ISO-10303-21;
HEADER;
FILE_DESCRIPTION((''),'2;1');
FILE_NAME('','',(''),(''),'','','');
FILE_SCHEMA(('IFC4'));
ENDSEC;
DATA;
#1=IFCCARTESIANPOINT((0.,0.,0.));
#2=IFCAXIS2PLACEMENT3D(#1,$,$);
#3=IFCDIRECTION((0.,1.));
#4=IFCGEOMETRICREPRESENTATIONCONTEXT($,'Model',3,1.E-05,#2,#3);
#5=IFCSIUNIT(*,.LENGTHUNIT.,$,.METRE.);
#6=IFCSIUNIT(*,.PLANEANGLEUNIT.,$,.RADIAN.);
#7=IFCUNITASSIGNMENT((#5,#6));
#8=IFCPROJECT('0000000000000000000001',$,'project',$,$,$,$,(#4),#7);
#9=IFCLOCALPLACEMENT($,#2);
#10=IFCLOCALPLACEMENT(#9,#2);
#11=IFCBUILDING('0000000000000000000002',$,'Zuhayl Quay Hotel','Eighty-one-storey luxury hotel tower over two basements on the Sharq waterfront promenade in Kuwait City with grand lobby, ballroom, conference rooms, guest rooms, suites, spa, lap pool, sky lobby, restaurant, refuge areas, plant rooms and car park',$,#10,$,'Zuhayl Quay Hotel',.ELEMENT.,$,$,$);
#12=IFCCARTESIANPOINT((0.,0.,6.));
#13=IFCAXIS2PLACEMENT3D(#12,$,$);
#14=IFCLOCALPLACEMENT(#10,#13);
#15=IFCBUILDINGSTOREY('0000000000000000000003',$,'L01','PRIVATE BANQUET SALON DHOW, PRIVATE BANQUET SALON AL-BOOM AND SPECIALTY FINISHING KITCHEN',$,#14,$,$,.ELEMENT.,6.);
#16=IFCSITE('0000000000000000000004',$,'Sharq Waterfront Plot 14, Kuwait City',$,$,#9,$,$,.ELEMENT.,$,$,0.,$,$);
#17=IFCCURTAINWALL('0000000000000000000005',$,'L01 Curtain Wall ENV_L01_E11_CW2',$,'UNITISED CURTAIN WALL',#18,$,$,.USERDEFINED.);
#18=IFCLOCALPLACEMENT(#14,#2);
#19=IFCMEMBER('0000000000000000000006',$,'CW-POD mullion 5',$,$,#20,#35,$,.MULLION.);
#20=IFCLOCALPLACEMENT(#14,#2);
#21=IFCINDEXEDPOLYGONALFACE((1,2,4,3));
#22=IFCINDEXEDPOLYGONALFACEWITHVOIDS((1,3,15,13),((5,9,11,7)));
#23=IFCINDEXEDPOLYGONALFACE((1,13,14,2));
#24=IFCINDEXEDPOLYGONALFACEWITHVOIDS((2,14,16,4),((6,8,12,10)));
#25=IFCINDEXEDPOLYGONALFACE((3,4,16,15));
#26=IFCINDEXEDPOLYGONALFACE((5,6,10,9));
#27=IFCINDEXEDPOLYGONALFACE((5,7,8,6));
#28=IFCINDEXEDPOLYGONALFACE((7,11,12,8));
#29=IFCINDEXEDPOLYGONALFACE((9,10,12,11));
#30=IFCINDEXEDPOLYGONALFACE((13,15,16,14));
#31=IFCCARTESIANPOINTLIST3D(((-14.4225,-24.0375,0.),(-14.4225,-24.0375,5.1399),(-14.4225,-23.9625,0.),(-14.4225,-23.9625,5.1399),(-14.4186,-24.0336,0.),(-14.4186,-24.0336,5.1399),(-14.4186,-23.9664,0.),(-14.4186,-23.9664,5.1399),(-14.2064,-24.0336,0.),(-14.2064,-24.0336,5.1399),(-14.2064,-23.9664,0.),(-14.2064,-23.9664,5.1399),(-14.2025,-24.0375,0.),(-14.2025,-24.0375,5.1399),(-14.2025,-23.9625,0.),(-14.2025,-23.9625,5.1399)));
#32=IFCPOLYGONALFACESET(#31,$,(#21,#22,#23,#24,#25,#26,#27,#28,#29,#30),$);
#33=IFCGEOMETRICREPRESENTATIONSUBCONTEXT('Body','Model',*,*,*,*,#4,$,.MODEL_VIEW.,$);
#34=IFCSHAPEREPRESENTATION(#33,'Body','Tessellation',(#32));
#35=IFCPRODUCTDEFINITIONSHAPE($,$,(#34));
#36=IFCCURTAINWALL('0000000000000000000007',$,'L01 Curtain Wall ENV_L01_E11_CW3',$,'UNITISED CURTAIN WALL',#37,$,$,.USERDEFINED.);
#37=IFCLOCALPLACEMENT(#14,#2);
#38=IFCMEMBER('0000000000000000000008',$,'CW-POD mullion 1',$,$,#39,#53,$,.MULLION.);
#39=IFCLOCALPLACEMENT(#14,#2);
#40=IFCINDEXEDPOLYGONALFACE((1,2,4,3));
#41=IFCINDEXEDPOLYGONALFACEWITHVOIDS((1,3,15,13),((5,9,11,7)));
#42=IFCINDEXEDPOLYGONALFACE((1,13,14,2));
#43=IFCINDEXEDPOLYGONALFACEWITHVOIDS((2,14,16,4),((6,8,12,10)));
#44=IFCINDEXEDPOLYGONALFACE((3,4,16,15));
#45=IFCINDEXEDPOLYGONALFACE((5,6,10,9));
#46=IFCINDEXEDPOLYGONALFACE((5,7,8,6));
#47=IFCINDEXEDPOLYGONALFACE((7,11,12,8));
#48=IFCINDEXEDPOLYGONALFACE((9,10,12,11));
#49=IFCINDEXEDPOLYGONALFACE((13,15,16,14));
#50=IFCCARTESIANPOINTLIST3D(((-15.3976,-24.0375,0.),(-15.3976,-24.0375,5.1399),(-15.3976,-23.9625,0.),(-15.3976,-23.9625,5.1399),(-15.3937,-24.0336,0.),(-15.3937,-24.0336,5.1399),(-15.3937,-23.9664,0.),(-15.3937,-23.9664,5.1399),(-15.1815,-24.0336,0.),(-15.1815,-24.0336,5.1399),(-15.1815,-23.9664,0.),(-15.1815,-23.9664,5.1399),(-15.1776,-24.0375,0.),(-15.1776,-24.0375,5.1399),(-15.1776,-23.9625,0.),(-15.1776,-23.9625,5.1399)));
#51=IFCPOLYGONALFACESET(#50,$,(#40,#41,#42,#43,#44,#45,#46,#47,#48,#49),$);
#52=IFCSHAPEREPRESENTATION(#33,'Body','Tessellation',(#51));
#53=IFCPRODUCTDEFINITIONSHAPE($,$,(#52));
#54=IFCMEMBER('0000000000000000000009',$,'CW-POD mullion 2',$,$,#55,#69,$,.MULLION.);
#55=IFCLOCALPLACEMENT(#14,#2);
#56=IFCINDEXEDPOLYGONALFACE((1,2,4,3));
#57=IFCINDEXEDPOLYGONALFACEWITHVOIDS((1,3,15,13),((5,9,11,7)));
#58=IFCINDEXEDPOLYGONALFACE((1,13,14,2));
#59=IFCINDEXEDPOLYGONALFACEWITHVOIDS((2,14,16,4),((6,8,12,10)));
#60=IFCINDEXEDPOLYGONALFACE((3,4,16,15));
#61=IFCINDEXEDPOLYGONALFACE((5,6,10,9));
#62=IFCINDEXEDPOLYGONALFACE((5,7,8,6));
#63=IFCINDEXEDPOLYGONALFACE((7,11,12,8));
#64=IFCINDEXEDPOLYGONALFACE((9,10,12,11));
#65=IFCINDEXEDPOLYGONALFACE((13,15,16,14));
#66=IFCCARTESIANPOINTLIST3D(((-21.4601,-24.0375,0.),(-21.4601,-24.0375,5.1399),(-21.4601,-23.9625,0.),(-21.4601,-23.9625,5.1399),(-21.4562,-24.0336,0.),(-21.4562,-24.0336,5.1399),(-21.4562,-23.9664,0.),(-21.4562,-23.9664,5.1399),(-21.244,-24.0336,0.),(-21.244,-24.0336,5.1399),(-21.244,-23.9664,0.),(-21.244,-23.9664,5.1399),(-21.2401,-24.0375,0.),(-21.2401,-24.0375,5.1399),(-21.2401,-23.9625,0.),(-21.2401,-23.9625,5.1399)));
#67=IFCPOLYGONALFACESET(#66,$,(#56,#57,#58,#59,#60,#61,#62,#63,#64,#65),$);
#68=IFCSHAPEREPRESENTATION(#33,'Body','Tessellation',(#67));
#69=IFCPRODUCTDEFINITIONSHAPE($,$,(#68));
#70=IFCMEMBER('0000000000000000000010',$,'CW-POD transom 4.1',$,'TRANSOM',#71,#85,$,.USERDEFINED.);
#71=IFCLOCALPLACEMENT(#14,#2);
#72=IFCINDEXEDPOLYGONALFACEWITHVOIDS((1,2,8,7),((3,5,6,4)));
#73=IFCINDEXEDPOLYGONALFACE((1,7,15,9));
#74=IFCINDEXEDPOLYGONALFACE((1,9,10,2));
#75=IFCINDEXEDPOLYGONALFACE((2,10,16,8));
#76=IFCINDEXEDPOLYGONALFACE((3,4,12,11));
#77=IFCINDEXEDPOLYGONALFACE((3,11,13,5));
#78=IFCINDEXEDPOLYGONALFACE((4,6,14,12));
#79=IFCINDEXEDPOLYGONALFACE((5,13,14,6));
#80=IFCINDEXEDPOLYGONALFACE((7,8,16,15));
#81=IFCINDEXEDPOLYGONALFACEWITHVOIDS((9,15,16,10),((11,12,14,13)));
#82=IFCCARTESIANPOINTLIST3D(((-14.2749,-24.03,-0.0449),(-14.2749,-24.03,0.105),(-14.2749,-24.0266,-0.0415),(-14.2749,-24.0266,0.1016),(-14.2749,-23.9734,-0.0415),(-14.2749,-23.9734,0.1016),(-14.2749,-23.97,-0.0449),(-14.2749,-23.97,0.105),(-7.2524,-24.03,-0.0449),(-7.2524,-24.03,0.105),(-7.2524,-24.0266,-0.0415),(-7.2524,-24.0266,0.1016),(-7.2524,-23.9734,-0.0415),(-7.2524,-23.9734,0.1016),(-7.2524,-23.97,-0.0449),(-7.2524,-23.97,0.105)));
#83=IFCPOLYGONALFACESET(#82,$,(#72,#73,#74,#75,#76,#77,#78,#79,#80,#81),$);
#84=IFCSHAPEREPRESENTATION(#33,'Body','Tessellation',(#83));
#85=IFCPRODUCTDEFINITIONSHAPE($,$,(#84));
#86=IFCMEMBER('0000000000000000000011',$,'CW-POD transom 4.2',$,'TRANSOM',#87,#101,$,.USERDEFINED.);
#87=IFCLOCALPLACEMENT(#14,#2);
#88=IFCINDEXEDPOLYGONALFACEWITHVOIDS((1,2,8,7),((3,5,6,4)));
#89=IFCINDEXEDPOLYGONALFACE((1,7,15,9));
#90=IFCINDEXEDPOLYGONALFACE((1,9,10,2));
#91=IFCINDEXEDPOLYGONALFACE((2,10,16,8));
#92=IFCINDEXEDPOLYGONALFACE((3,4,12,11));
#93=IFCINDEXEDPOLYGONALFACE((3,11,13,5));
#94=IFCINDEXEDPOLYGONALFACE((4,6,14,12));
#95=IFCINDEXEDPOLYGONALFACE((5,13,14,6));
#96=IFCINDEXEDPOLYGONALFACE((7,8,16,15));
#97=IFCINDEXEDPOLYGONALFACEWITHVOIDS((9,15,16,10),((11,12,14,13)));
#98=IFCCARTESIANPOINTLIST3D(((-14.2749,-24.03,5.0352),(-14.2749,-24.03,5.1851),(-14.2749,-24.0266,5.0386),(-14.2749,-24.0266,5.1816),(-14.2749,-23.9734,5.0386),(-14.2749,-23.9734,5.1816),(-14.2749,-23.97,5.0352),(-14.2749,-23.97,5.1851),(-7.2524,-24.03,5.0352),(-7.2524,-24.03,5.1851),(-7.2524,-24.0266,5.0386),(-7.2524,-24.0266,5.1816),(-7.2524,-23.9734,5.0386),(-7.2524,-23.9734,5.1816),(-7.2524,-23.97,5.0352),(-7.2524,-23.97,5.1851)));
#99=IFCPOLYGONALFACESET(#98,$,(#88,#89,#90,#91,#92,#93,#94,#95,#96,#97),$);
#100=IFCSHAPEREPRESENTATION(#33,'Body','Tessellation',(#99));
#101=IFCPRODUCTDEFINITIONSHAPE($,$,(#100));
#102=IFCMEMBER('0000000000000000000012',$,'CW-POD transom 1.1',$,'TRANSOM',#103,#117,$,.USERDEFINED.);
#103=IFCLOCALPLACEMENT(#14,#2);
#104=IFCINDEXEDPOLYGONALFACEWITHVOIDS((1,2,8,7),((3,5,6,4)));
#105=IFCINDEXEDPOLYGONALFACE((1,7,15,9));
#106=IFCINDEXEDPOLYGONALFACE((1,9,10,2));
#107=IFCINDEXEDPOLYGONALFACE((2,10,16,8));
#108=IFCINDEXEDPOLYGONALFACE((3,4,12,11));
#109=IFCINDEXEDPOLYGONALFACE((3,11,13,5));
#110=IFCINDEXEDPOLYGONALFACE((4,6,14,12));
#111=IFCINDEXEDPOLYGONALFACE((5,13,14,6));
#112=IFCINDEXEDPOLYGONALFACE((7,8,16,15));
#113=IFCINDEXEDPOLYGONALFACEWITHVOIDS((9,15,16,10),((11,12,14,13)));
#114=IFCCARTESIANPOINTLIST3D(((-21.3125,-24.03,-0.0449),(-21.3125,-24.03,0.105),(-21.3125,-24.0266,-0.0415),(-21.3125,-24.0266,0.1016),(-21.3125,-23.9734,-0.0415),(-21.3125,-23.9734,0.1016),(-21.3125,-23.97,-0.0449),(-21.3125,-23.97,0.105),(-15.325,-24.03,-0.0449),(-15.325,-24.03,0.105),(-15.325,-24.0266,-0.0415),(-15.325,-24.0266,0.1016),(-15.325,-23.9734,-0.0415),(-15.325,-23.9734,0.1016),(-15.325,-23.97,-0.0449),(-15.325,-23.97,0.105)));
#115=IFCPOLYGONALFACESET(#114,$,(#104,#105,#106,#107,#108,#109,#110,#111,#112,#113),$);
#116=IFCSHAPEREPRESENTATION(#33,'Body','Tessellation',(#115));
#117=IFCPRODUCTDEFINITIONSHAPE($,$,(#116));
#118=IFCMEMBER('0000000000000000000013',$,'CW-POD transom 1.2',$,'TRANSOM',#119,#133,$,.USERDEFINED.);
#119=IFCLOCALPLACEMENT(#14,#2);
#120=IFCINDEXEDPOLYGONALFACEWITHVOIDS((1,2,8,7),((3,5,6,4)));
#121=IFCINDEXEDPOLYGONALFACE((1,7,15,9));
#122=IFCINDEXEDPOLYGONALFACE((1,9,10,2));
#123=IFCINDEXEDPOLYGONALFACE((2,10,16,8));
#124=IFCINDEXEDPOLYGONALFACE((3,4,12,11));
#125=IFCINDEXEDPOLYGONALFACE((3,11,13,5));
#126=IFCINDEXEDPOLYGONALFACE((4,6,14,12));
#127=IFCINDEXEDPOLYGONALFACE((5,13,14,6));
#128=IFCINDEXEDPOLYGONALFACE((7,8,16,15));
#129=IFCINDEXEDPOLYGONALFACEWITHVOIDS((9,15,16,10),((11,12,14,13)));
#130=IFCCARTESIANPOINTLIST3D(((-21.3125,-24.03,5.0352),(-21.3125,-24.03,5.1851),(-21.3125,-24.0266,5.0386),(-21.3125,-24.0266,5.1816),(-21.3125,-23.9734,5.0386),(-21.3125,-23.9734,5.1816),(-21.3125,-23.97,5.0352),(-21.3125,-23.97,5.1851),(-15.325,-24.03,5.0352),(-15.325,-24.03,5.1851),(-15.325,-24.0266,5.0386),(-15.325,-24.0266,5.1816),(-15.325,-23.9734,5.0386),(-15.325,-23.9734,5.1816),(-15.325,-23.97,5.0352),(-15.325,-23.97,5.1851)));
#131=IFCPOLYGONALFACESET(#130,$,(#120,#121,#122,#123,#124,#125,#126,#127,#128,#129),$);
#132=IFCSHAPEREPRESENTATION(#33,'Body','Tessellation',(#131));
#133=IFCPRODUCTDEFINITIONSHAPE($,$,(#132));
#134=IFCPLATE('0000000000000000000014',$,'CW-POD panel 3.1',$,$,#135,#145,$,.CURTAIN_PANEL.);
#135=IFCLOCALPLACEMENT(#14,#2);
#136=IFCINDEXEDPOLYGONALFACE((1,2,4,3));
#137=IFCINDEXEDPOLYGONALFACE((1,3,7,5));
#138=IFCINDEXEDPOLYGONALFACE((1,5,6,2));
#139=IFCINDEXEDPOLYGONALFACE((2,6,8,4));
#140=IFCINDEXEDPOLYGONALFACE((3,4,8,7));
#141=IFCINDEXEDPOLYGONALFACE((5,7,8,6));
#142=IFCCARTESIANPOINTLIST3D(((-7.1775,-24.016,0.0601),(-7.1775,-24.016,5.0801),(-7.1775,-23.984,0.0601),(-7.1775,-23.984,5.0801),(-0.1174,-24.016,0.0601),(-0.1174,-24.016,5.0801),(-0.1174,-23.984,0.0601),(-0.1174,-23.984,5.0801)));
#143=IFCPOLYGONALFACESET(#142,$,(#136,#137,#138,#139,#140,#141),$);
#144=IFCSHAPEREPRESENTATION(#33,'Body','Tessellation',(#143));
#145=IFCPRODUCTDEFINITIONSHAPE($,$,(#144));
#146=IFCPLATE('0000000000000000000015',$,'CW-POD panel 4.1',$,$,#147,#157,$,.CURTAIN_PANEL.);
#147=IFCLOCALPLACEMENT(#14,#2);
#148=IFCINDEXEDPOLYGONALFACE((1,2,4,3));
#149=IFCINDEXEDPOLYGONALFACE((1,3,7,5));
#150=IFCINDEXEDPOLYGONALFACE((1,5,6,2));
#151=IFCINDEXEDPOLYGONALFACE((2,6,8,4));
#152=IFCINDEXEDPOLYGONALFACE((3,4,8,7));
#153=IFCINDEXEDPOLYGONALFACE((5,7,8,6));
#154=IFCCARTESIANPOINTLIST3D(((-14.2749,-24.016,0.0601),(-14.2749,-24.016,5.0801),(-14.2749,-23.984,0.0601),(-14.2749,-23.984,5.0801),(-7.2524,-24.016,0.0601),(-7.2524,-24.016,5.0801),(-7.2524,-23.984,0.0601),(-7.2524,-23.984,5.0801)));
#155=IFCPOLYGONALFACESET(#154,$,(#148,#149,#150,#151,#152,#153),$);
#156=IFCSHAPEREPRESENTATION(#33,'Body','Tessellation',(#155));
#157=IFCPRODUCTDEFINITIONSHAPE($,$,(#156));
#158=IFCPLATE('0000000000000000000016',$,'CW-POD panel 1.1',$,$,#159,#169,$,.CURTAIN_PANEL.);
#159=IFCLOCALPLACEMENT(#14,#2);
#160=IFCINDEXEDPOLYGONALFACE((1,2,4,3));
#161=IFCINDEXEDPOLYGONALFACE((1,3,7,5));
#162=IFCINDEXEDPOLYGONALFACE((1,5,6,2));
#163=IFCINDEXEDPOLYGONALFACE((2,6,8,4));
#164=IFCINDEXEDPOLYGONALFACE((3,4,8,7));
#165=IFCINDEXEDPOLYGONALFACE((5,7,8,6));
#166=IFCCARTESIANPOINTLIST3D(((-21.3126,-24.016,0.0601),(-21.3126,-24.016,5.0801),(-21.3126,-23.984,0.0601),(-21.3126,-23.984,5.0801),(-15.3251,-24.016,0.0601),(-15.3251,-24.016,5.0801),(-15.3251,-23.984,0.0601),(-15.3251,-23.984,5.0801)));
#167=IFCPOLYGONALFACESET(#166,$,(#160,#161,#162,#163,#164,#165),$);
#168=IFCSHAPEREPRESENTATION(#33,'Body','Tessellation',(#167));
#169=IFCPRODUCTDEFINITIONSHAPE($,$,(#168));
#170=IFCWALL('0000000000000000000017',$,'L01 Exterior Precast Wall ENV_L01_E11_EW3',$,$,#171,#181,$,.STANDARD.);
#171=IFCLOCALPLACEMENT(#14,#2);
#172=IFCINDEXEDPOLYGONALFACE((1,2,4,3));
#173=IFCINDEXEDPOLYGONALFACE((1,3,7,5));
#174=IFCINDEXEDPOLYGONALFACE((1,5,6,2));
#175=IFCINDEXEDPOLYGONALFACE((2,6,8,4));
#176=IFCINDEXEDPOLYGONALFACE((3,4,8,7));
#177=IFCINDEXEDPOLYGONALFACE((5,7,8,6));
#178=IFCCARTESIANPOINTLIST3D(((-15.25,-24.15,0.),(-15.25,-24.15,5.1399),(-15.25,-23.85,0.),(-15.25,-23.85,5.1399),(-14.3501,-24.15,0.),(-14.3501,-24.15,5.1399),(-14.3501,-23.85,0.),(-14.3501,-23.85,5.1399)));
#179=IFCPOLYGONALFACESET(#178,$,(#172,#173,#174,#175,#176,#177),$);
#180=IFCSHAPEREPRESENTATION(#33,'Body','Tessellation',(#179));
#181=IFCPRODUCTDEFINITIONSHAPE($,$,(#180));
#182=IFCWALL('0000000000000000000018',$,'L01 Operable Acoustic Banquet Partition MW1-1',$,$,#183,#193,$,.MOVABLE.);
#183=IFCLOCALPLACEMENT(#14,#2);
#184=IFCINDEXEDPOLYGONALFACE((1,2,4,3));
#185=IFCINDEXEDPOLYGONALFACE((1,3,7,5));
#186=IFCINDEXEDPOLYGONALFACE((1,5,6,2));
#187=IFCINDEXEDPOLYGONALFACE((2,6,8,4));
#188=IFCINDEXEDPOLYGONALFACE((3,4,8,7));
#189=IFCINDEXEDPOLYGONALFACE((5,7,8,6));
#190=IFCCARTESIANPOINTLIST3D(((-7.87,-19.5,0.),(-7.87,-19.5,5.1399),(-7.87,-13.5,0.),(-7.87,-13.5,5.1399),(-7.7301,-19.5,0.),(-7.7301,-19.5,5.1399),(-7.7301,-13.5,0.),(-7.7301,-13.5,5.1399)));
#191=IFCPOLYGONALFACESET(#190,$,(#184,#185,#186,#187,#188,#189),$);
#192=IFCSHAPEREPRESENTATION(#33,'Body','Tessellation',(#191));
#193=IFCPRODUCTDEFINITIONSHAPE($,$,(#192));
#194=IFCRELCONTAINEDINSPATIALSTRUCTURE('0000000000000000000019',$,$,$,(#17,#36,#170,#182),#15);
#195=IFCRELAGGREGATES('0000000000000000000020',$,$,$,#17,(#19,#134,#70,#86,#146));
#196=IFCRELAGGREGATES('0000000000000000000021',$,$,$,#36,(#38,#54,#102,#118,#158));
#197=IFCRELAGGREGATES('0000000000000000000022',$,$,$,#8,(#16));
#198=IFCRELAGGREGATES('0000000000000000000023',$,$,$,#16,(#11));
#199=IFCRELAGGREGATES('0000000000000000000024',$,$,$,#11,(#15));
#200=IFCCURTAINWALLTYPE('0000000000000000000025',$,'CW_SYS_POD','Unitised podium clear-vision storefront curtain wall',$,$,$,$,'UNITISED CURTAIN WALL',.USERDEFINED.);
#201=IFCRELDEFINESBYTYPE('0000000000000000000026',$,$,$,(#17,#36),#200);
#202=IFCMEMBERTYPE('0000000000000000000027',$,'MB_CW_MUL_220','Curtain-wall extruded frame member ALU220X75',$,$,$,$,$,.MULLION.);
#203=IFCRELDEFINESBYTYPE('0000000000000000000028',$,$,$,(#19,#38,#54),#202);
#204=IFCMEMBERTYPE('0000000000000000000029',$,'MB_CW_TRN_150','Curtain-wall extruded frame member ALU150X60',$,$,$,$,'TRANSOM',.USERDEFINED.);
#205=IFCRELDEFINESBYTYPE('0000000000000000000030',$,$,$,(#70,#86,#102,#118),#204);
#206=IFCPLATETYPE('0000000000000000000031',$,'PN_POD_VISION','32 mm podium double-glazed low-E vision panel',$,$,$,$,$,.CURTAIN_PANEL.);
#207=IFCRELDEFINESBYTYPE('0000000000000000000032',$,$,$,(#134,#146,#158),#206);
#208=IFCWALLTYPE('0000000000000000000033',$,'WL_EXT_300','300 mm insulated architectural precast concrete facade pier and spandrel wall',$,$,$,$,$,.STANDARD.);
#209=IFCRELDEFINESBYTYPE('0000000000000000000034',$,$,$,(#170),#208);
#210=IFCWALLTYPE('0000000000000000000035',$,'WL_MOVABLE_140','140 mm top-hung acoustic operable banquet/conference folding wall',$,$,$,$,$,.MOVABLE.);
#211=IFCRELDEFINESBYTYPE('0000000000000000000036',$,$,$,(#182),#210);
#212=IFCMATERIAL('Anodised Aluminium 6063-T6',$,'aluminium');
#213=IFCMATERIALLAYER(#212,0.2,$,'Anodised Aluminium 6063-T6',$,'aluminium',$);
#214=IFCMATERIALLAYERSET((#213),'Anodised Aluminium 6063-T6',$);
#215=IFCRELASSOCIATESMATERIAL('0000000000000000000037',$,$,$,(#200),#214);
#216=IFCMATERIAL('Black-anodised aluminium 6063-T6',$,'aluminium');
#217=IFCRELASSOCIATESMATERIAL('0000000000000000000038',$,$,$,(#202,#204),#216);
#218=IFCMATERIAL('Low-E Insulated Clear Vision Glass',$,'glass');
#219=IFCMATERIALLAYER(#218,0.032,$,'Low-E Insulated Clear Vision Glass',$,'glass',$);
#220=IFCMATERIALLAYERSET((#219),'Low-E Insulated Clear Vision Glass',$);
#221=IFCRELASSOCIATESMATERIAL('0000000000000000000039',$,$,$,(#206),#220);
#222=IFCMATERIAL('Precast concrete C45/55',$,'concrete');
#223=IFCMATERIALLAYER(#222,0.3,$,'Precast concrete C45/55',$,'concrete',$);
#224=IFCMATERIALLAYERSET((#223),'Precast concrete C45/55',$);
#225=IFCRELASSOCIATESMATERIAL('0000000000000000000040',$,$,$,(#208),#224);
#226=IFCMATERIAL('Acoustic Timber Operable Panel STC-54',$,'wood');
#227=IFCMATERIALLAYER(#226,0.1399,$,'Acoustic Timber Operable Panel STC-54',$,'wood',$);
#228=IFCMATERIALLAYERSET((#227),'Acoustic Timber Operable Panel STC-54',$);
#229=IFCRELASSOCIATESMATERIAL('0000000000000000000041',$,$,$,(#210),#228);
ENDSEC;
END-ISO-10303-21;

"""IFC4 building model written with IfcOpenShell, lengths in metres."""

from ifc_helpers import new_model, si_unit, direction, frame, frame_2d, origin, origin_2d, place, context, subcontext, project, spatial, rectangle, hollow_rectangle, extrude, material, layer, layer_set, material_profile, profile_set, type_object, element, aggregate, save


model = new_model("IFC4")

# Units and contexts
model_context = context("Model", 3, precision=1e-05, world=origin(), true_north=direction((0.0, 1.0)))
body_context = subcontext(model_context, "Body", "Model", "MODEL_VIEW")
ifc_project = project(units=[si_unit("LENGTHUNIT", "METRE"), si_unit("PLANEANGLEUNIT", "RADIAN")], contexts=[model_context])

# Site, building, storey
site_placement = place(None, origin())
site = spatial("IfcSite", under=ifc_project, at=site_placement, Name="Sharq Waterfront Plot 14, Kuwait City", CompositionType="ELEMENT", RefElevation=0.0)
building_placement = place(site_placement, origin())
building = spatial("IfcBuilding", under=site, at=building_placement, Name="Zuhayl Quay Hotel", Description="Eighty-one-storey luxury hotel tower over two basements on the Sharq waterfront promenade in Kuwait City with grand lobby, ballroom, conference rooms, guest rooms, suites, spa, lap pool, sky lobby, restaurant, refuge areas, plant rooms and car park", LongName="Zuhayl Quay Hotel", CompositionType="ELEMENT")
storey_placement = place(building_placement, frame((0.0, 0.0, 6.0)))
storey = spatial("IfcBuildingStorey", under=building, at=storey_placement, Name="L01", Description="PRIVATE BANQUET SALON DHOW, PRIVATE BANQUET SALON AL-BOOM AND SPECIALTY FINISHING KITCHEN", CompositionType="ELEMENT", Elevation=6.0)

# Curtain walls, members
ifc_material_1 = material(Name="Anodised Aluminium 6063-T6", Category="aluminium")
ifc_layer_1 = layer(ifc_material_1, 0.2, Name="Anodised Aluminium 6063-T6", Category="aluminium")
ifc_layer_set_1 = layer_set([ifc_layer_1], Name="Anodised Aluminium 6063-T6")
curtain_wall_type = type_object("IfcCurtainWallType", Name="CW_SYS_POD", Description="Unitised podium clear-vision storefront curtain wall", ElementType="UNITISED CURTAIN WALL", PredefinedType="USERDEFINED", material=ifc_layer_set_1)
curtain_wall_1_placement = place(storey_placement, origin())
curtain_wall_1 = element("IfcCurtainWall", 1, at=curtain_wall_1_placement, inside=storey, type_object=curtain_wall_type, Name="L01 Curtain Wall ENV_L01_E11_CW2", ObjectType="UNITISED CURTAIN WALL", PredefinedType="USERDEFINED")
ifc_material_2 = material(Name="Black-anodised aluminium 6063-T6", Category="aluminium")
ifc_material_profile_1 = material_profile(ifc_material_2, hollow_rectangle(XDim=0.075, YDim=0.22, WallThickness=0.0039, at=origin_2d()), Name="ALU220X75")
ifc_profile_set_1 = profile_set([ifc_material_profile_1], Name="Black-anodised aluminium 6063-T6")
member_type_1 = type_object("IfcMemberType", Name="MB_CW_MUL_220", Description="Curtain-wall extruded frame member ALU220X75", PredefinedType="MULLION", material=ifc_profile_set_1)
member_1_placement = place(storey_placement, frame((-14.3125, -24.0, 0.0), z_axis=(0.0, 0.0, 1.0), x_axis=(0.0, -1.0, 0.0)))
member_1 = element("IfcMember", 2, at=member_1_placement, type_object=member_type_1, Name="CW-POD mullion 5", PredefinedType="MULLION", context=body_context, shape_type="SweptSolid", body=[
    extrude(hollow_rectangle(XDim=0.075, YDim=0.22, WallThickness=0.0039, at=origin_2d()), origin(), (0.0, 0.0, 1.0), 5.1399),
])
curtain_wall_2_placement = place(storey_placement, origin())
curtain_wall_2 = element("IfcCurtainWall", 3, at=curtain_wall_2_placement, inside=storey, type_object=curtain_wall_type, Name="L01 Curtain Wall ENV_L01_E11_CW3", ObjectType="UNITISED CURTAIN WALL", PredefinedType="USERDEFINED")
member_2_placement = place(storey_placement, frame((-15.2876, -24.0, 0.0), z_axis=(0.0, 0.0, 1.0), x_axis=(0.0, -1.0, 0.0)))
member_2 = element("IfcMember", 4, at=member_2_placement, type_object=member_type_1, Name="CW-POD mullion 1", PredefinedType="MULLION", context=body_context, shape_type="SweptSolid", body=[
    extrude(hollow_rectangle(XDim=0.075, YDim=0.22, WallThickness=0.0039, at=origin_2d()), origin(), (0.0, 0.0, 1.0), 5.1399),
])
member_3_placement = place(storey_placement, frame((-21.3501, -24.0, 0.0), z_axis=(0.0, 0.0, 1.0), x_axis=(0.0, -1.0, 0.0)))
member_3 = element("IfcMember", 5, at=member_3_placement, type_object=member_type_1, Name="CW-POD mullion 2", PredefinedType="MULLION", context=body_context, shape_type="SweptSolid", body=[
    extrude(hollow_rectangle(XDim=0.075, YDim=0.22, WallThickness=0.0039, at=origin_2d()), origin(), (0.0, 0.0, 1.0), 5.1399),
])

# Members
ifc_material_profile_2 = material_profile(ifc_material_2, hollow_rectangle(XDim=0.0601, YDim=0.1499, WallThickness=0.0034, at=origin_2d()), Name="ALU150X60")
ifc_profile_set_2 = profile_set([ifc_material_profile_2], Name="Black-anodised aluminium 6063-T6")
member_type_2 = type_object("IfcMemberType", Name="MB_CW_TRN_150", Description="Curtain-wall extruded frame member ALU150X60", ElementType="TRANSOM", PredefinedType="USERDEFINED", material=ifc_profile_set_2)
member_4_placement = place(storey_placement, frame((-7.2524, -24.0, 0.03), z_axis=(-1.0, 0.0, 0.0), x_axis=(0.0, -1.0, 0.0)))
member_4 = element("IfcMember", 6, at=member_4_placement, type_object=member_type_2, Name="CW-POD transom 4.1", ObjectType="TRANSOM", PredefinedType="USERDEFINED", context=body_context, shape_type="SweptSolid", body=[
    extrude(hollow_rectangle(XDim=0.0601, YDim=0.1499, WallThickness=0.0034, at=origin_2d()), origin(), (0.0, 0.0, 1.0), 7.0225),
])
member_5_placement = place(storey_placement, frame((-7.2524, -24.0, 5.1101), z_axis=(-1.0, 0.0, 0.0), x_axis=(0.0, -1.0, 0.0)))
member_5 = element("IfcMember", 7, at=member_5_placement, type_object=member_type_2, Name="CW-POD transom 4.2", ObjectType="TRANSOM", PredefinedType="USERDEFINED", context=body_context, shape_type="SweptSolid", body=[
    extrude(hollow_rectangle(XDim=0.0601, YDim=0.1499, WallThickness=0.0034, at=origin_2d()), origin(), (0.0, 0.0, 1.0), 7.0225),
])
member_6_placement = place(storey_placement, frame((-15.325, -24.0, 0.03), z_axis=(-1.0, 0.0, 0.0), x_axis=(0.0, -1.0, 0.0)))
member_6 = element("IfcMember", 8, at=member_6_placement, type_object=member_type_2, Name="CW-POD transom 1.1", ObjectType="TRANSOM", PredefinedType="USERDEFINED", context=body_context, shape_type="SweptSolid", body=[
    extrude(hollow_rectangle(XDim=0.0601, YDim=0.1499, WallThickness=0.0034, at=origin_2d()), origin(), (0.0, 0.0, 1.0), 5.9875),
])
member_7_placement = place(storey_placement, frame((-15.325, -24.0, 5.1101), z_axis=(-1.0, 0.0, 0.0), x_axis=(0.0, -1.0, 0.0)))
member_7 = element("IfcMember", 9, at=member_7_placement, type_object=member_type_2, Name="CW-POD transom 1.2", ObjectType="TRANSOM", PredefinedType="USERDEFINED", context=body_context, shape_type="SweptSolid", body=[
    extrude(hollow_rectangle(XDim=0.0601, YDim=0.1499, WallThickness=0.0034, at=origin_2d()), origin(), (0.0, 0.0, 1.0), 5.9875),
])

# Plates
ifc_material_3 = material(Name="Low-E Insulated Clear Vision Glass", Category="glass")
ifc_layer_2 = layer(ifc_material_3, 0.032, Name="Low-E Insulated Clear Vision Glass", Category="glass")
ifc_layer_set_2 = layer_set([ifc_layer_2], Name="Low-E Insulated Clear Vision Glass")
plate_type = type_object("IfcPlateType", Name="PN_POD_VISION", Description="32 mm podium double-glazed low-E vision panel", PredefinedType="CURTAIN_PANEL", material=ifc_layer_set_2)
plate_1_placement = place(storey_placement, frame((-3.6475, -24.0, 0.0601), z_axis=(0.0, 0.0, 1.0), x_axis=(-1.0, 0.0, 0.0)))
plate_1 = element("IfcPlate", 10, at=plate_1_placement, type_object=plate_type, Name="CW-POD panel 3.1", PredefinedType="CURTAIN_PANEL", context=body_context, shape_type="SweptSolid", body=[
    extrude(rectangle(XDim=7.0601, YDim=0.032, at=origin_2d()), origin(), (0.0, 0.0, 1.0), 5.02),
])
plate_2_placement = place(storey_placement, frame((-10.7637, -24.0, 0.0601), z_axis=(0.0, 0.0, 1.0), x_axis=(-1.0, 0.0, 0.0)))
plate_2 = element("IfcPlate", 11, at=plate_2_placement, type_object=plate_type, Name="CW-POD panel 4.1", PredefinedType="CURTAIN_PANEL", context=body_context, shape_type="SweptSolid", body=[
    extrude(rectangle(XDim=7.0225, YDim=0.032, at=origin_2d()), origin(), (0.0, 0.0, 1.0), 5.02),
])
aggregate(curtain_wall_1, [member_1, plate_1, member_4, member_5, plate_2])
plate_3_placement = place(storey_placement, frame((-18.3188, -24.0, 0.0601), z_axis=(0.0, 0.0, 1.0), x_axis=(-1.0, 0.0, 0.0)))
plate_3 = element("IfcPlate", 12, at=plate_3_placement, type_object=plate_type, Name="CW-POD panel 1.1", PredefinedType="CURTAIN_PANEL", context=body_context, shape_type="SweptSolid", body=[
    extrude(rectangle(XDim=5.9875, YDim=0.032, at=origin_2d()), origin(), (0.0, 0.0, 1.0), 5.02),
])
aggregate(curtain_wall_2, [member_2, member_3, member_6, member_7, plate_3])

# Walls
ifc_material_4 = material(Name="Precast concrete C45/55", Category="concrete")
ifc_layer_3 = layer(ifc_material_4, 0.3, Name="Precast concrete C45/55", Category="concrete")
ifc_layer_set_3 = layer_set([ifc_layer_3], Name="Precast concrete C45/55")
wall_type_1 = type_object("IfcWallType", Name="WL_EXT_300", Description="300 mm insulated architectural precast concrete facade pier and spandrel wall", PredefinedType="STANDARD", material=ifc_layer_set_3)
wall_1_placement = place(storey_placement, frame((-14.3501, -24.0, 0.0), z_axis=(0.0, 0.0, 1.0), x_axis=(-1.0, 0.0, 0.0)))
element("IfcWall", 13, at=wall_1_placement, inside=storey, type_object=wall_type_1, Name="L01 Exterior Precast Wall ENV_L01_E11_EW3", PredefinedType="STANDARD", context=body_context, shape_type="SweptSolid", body=[
    extrude(rectangle(XDim=0.8999, YDim=0.3, at=frame_2d((0.45, 0.0))), origin(), (0.0, 0.0, 1.0), 5.1399),
])
ifc_material_5 = material(Name="Acoustic Timber Operable Panel STC-54", Category="wood")
ifc_layer_4 = layer(ifc_material_5, 0.1399, Name="Acoustic Timber Operable Panel STC-54", Category="wood")
ifc_layer_set_4 = layer_set([ifc_layer_4], Name="Acoustic Timber Operable Panel STC-54")
wall_type_2 = type_object("IfcWallType", Name="WL_MOVABLE_140", Description="140 mm top-hung acoustic operable banquet/conference folding wall", PredefinedType="MOVABLE", material=ifc_layer_set_4)
wall_2_placement = place(storey_placement, frame((-7.8, -19.5, 0.0), z_axis=(0.0, 0.0, 1.0), x_axis=(0.0, 1.0, 0.0)))
element("IfcWall", 14, at=wall_2_placement, inside=storey, type_object=wall_type_2, Name="L01 Operable Acoustic Banquet Partition MW1-1", PredefinedType="MOVABLE", context=body_context, shape_type="SweptSolid", body=[
    extrude(rectangle(XDim=6.0, YDim=0.1399, at=frame_2d((3.0, 0.0))), origin(), (0.0, 0.0, 1.0), 5.1399),
])

save(model, "model.ifc")
